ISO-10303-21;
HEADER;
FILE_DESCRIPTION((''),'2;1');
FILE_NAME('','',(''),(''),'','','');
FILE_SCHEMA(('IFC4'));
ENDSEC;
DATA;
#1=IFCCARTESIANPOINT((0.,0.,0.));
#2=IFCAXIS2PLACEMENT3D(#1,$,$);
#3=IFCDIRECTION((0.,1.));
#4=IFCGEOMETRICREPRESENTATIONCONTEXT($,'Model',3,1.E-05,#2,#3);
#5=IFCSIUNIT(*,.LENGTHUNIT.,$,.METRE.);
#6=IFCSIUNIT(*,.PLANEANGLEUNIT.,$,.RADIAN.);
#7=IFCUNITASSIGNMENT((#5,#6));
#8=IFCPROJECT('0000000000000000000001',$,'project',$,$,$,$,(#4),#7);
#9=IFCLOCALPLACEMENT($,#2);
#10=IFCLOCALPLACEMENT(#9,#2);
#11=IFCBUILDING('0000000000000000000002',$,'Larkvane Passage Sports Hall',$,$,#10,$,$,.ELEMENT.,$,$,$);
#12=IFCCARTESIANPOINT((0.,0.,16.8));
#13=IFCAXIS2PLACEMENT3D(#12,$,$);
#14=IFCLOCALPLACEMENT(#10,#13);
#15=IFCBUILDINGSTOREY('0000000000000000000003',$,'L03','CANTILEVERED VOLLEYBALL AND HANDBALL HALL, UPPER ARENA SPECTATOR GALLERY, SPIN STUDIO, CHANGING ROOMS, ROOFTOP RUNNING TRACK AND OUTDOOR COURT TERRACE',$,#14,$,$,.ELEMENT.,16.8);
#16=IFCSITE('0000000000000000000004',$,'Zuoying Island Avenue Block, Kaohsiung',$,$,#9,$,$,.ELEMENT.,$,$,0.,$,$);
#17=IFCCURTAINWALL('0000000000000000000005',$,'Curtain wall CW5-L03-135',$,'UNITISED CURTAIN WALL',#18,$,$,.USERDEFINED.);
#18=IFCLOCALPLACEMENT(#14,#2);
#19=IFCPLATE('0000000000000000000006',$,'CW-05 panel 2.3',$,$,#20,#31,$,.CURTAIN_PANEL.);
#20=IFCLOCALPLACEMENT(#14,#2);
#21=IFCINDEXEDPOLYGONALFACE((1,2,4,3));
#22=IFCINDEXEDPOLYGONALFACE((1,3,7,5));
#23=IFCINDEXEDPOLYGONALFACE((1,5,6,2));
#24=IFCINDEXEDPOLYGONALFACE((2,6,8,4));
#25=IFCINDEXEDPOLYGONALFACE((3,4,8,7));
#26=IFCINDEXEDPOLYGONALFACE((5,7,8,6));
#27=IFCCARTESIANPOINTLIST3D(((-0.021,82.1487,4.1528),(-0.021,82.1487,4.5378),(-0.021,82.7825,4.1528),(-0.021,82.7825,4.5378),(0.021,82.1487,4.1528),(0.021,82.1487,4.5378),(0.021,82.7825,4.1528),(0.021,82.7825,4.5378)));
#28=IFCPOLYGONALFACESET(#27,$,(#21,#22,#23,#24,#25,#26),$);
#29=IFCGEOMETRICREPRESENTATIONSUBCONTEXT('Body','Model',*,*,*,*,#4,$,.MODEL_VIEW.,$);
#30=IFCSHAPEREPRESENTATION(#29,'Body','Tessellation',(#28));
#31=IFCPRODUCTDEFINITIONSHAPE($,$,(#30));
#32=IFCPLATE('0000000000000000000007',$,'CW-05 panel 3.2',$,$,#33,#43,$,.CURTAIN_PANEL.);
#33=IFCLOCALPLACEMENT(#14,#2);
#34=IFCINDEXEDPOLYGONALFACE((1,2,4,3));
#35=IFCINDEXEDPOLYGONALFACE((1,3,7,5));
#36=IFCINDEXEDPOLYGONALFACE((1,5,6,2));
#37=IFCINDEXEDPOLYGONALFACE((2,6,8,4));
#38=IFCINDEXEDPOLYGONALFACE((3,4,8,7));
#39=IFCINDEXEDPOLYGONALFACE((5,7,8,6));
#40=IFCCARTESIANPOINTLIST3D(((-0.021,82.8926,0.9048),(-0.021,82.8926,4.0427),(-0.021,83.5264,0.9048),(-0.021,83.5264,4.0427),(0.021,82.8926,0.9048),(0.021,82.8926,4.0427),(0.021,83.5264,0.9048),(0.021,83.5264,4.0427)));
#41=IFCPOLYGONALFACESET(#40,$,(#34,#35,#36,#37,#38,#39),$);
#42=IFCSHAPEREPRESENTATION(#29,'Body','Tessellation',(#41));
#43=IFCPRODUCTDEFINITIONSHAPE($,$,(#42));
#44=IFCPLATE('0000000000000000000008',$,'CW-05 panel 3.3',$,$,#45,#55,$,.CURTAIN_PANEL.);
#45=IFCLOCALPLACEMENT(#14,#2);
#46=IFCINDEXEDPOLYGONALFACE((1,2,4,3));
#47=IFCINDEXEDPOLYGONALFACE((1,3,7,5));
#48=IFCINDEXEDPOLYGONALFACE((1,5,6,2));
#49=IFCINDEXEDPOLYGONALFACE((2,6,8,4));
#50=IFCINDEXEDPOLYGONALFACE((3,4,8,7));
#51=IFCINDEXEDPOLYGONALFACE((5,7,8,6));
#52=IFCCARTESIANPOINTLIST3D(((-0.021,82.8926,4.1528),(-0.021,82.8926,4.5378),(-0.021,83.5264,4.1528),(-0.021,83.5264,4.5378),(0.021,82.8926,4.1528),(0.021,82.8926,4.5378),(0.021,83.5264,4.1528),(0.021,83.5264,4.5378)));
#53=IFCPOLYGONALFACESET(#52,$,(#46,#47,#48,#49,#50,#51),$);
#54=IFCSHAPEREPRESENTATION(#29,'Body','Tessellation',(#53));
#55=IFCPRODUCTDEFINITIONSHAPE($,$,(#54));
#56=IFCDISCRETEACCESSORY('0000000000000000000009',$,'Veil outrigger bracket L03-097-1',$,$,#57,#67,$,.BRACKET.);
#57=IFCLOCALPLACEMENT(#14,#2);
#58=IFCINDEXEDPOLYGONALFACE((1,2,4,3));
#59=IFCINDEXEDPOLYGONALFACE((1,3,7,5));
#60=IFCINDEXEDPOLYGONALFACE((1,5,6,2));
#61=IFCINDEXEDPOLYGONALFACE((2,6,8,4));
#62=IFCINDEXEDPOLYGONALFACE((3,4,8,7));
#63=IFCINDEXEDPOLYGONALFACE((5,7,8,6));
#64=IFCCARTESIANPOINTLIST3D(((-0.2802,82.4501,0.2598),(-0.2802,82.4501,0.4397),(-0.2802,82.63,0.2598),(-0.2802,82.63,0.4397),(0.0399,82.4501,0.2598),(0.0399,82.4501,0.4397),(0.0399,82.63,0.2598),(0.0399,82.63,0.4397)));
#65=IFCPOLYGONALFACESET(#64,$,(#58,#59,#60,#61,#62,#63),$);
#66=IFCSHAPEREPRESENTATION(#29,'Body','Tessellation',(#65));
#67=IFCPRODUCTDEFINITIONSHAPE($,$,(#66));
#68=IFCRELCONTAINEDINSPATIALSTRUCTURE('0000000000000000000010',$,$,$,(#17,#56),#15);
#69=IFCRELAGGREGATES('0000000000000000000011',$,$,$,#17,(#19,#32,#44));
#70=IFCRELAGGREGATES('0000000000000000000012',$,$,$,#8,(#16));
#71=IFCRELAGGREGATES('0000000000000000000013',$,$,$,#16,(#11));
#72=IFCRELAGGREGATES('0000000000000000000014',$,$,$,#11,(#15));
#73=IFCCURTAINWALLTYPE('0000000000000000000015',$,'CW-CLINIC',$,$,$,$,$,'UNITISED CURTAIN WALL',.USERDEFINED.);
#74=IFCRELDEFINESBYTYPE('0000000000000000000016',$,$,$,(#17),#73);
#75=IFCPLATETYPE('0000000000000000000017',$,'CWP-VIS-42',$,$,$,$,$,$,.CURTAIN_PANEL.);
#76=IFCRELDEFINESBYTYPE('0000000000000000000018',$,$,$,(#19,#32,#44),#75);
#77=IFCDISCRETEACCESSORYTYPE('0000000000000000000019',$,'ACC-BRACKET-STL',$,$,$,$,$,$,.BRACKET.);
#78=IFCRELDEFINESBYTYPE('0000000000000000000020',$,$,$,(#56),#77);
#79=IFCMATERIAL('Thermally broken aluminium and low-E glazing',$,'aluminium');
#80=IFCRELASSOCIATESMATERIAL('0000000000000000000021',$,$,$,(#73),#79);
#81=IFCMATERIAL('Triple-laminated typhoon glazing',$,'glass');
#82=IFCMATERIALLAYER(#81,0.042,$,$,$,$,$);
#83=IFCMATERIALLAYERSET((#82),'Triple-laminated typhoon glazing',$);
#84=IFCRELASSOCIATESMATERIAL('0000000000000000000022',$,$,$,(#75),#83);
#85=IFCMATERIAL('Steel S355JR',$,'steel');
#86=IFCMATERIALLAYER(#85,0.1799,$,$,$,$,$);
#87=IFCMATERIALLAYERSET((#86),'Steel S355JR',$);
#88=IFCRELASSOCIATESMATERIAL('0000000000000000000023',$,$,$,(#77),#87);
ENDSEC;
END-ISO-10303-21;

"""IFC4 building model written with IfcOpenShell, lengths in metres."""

from ifc_helpers import new_model, si_unit, direction, frame, origin, origin_2d, place, context, subcontext, project, spatial, rectangle, extrude, material, layer, layer_set, type_object, element, aggregate, save


model = new_model("IFC4")

# Units and contexts
model_context = context("Model", 3, precision=1e-05, world=origin(), true_north=direction((0.0, 1.0)))
body_context = subcontext(model_context, "Body", "Model", "MODEL_VIEW")
ifc_project = project(units=[si_unit("LENGTHUNIT", "METRE"), si_unit("PLANEANGLEUNIT", "RADIAN")], contexts=[model_context])

# Site, building, storey
site_placement = place(None, origin())
site = spatial("IfcSite", under=ifc_project, at=site_placement, Name="Zuoying Island Avenue Block, Kaohsiung", CompositionType="ELEMENT", RefElevation=0.0)
building_placement = place(site_placement, origin())
building = spatial("IfcBuilding", under=site, at=building_placement, Name="Larkvane Passage Sports Hall", CompositionType="ELEMENT")
storey_placement = place(building_placement, frame((0.0, 0.0, 16.8)))
storey = spatial("IfcBuildingStorey", under=building, at=storey_placement, Name="L03", Description="CANTILEVERED VOLLEYBALL AND HANDBALL HALL, UPPER ARENA SPECTATOR GALLERY, SPIN STUDIO, CHANGING ROOMS, ROOFTOP RUNNING TRACK AND OUTDOOR COURT TERRACE", CompositionType="ELEMENT", Elevation=16.8)

# Curtain wall
ifc_material_1 = material(Name="Thermally broken aluminium and low-E glazing", Category="aluminium")
curtain_wall_type_1 = type_object("IfcCurtainWallType", Name="CW-CLINIC", ElementType="UNITISED CURTAIN WALL", PredefinedType="USERDEFINED", material=ifc_material_1)
curtain_wall_1_placement = place(storey_placement, origin())
curtain_wall_1 = element("IfcCurtainWall", 1, at=curtain_wall_1_placement, inside=storey, type_object=curtain_wall_type_1, Name="Curtain wall CW5-L03-135", ObjectType="UNITISED CURTAIN WALL", PredefinedType="USERDEFINED")

# Plates
ifc_material_2 = material(Name="Triple-laminated typhoon glazing", Category="glass")
ifc_layer_1 = layer(ifc_material_2, 0.042)
ifc_layer_set_1 = layer_set([ifc_layer_1], Name="Triple-laminated typhoon glazing")
plate_type_1 = type_object("IfcPlateType", Name="CWP-VIS-42", PredefinedType="CURTAIN_PANEL", material=ifc_layer_set_1)
plate_1_placement = place(storey_placement, frame((0.0, 82.4656, 4.1528), z_axis=(0.0, 0.0, 1.0), x_axis=(0.0, 1.0, 0.0)))
plate_1 = element("IfcPlate", 2, at=plate_1_placement, type_object=plate_type_1, Name="CW-05 panel 2.3", PredefinedType="CURTAIN_PANEL", context=body_context, shape_type="SweptSolid", body=[
    extrude(rectangle(XDim=0.6338, YDim=0.042, at=origin_2d()), origin(), (0.0, 0.0, 1.0), 0.385),
])
plate_2_placement = place(storey_placement, frame((0.0, 83.2095, 0.9048), z_axis=(0.0, 0.0, 1.0), x_axis=(0.0, 1.0, 0.0)))
plate_2 = element("IfcPlate", 3, at=plate_2_placement, type_object=plate_type_1, Name="CW-05 panel 3.2", PredefinedType="CURTAIN_PANEL", context=body_context, shape_type="SweptSolid", body=[
    extrude(rectangle(XDim=0.6338, YDim=0.042, at=origin_2d()), origin(), (0.0, 0.0, 1.0), 3.1379),
])
plate_3_placement = place(storey_placement, frame((0.0, 83.2095, 4.1528), z_axis=(0.0, 0.0, 1.0), x_axis=(0.0, 1.0, 0.0)))
plate_3 = element("IfcPlate", 4, at=plate_3_placement, type_object=plate_type_1, Name="CW-05 panel 3.3", PredefinedType="CURTAIN_PANEL", context=body_context, shape_type="SweptSolid", body=[
    extrude(rectangle(XDim=0.6338, YDim=0.042, at=origin_2d()), origin(), (0.0, 0.0, 1.0), 0.385),
])
aggregate(curtain_wall_1, [plate_1, plate_2, plate_3])

# Discrete accessory
ifc_material_3 = material(Name="Steel S355JR", Category="steel")
ifc_layer_2 = layer(ifc_material_3, 0.1799)
ifc_layer_set_2 = layer_set([ifc_layer_2], Name="Steel S355JR")
discrete_accessory_type = type_object("IfcDiscreteAccessoryType", Name="ACC-BRACKET-STL", PredefinedType="BRACKET", material=ifc_layer_set_2)
discrete_accessory_placement = place(storey_placement, frame((-0.1201, 82.54, 0.2598), z_axis=(0.0, 0.0, 1.0), x_axis=(0.0, 1.0, 0.0)))
element("IfcDiscreteAccessory", 5, at=discrete_accessory_placement, inside=storey, type_object=discrete_accessory_type, Name="Veil outrigger bracket L03-097-1", PredefinedType="BRACKET", context=body_context, shape_type="SweptSolid", body=[
    extrude(rectangle(XDim=0.1799, YDim=0.3201, at=origin_2d()), origin(), (0.0, 0.0, 1.0), 0.1799),
])

save(model, "model.ifc")
